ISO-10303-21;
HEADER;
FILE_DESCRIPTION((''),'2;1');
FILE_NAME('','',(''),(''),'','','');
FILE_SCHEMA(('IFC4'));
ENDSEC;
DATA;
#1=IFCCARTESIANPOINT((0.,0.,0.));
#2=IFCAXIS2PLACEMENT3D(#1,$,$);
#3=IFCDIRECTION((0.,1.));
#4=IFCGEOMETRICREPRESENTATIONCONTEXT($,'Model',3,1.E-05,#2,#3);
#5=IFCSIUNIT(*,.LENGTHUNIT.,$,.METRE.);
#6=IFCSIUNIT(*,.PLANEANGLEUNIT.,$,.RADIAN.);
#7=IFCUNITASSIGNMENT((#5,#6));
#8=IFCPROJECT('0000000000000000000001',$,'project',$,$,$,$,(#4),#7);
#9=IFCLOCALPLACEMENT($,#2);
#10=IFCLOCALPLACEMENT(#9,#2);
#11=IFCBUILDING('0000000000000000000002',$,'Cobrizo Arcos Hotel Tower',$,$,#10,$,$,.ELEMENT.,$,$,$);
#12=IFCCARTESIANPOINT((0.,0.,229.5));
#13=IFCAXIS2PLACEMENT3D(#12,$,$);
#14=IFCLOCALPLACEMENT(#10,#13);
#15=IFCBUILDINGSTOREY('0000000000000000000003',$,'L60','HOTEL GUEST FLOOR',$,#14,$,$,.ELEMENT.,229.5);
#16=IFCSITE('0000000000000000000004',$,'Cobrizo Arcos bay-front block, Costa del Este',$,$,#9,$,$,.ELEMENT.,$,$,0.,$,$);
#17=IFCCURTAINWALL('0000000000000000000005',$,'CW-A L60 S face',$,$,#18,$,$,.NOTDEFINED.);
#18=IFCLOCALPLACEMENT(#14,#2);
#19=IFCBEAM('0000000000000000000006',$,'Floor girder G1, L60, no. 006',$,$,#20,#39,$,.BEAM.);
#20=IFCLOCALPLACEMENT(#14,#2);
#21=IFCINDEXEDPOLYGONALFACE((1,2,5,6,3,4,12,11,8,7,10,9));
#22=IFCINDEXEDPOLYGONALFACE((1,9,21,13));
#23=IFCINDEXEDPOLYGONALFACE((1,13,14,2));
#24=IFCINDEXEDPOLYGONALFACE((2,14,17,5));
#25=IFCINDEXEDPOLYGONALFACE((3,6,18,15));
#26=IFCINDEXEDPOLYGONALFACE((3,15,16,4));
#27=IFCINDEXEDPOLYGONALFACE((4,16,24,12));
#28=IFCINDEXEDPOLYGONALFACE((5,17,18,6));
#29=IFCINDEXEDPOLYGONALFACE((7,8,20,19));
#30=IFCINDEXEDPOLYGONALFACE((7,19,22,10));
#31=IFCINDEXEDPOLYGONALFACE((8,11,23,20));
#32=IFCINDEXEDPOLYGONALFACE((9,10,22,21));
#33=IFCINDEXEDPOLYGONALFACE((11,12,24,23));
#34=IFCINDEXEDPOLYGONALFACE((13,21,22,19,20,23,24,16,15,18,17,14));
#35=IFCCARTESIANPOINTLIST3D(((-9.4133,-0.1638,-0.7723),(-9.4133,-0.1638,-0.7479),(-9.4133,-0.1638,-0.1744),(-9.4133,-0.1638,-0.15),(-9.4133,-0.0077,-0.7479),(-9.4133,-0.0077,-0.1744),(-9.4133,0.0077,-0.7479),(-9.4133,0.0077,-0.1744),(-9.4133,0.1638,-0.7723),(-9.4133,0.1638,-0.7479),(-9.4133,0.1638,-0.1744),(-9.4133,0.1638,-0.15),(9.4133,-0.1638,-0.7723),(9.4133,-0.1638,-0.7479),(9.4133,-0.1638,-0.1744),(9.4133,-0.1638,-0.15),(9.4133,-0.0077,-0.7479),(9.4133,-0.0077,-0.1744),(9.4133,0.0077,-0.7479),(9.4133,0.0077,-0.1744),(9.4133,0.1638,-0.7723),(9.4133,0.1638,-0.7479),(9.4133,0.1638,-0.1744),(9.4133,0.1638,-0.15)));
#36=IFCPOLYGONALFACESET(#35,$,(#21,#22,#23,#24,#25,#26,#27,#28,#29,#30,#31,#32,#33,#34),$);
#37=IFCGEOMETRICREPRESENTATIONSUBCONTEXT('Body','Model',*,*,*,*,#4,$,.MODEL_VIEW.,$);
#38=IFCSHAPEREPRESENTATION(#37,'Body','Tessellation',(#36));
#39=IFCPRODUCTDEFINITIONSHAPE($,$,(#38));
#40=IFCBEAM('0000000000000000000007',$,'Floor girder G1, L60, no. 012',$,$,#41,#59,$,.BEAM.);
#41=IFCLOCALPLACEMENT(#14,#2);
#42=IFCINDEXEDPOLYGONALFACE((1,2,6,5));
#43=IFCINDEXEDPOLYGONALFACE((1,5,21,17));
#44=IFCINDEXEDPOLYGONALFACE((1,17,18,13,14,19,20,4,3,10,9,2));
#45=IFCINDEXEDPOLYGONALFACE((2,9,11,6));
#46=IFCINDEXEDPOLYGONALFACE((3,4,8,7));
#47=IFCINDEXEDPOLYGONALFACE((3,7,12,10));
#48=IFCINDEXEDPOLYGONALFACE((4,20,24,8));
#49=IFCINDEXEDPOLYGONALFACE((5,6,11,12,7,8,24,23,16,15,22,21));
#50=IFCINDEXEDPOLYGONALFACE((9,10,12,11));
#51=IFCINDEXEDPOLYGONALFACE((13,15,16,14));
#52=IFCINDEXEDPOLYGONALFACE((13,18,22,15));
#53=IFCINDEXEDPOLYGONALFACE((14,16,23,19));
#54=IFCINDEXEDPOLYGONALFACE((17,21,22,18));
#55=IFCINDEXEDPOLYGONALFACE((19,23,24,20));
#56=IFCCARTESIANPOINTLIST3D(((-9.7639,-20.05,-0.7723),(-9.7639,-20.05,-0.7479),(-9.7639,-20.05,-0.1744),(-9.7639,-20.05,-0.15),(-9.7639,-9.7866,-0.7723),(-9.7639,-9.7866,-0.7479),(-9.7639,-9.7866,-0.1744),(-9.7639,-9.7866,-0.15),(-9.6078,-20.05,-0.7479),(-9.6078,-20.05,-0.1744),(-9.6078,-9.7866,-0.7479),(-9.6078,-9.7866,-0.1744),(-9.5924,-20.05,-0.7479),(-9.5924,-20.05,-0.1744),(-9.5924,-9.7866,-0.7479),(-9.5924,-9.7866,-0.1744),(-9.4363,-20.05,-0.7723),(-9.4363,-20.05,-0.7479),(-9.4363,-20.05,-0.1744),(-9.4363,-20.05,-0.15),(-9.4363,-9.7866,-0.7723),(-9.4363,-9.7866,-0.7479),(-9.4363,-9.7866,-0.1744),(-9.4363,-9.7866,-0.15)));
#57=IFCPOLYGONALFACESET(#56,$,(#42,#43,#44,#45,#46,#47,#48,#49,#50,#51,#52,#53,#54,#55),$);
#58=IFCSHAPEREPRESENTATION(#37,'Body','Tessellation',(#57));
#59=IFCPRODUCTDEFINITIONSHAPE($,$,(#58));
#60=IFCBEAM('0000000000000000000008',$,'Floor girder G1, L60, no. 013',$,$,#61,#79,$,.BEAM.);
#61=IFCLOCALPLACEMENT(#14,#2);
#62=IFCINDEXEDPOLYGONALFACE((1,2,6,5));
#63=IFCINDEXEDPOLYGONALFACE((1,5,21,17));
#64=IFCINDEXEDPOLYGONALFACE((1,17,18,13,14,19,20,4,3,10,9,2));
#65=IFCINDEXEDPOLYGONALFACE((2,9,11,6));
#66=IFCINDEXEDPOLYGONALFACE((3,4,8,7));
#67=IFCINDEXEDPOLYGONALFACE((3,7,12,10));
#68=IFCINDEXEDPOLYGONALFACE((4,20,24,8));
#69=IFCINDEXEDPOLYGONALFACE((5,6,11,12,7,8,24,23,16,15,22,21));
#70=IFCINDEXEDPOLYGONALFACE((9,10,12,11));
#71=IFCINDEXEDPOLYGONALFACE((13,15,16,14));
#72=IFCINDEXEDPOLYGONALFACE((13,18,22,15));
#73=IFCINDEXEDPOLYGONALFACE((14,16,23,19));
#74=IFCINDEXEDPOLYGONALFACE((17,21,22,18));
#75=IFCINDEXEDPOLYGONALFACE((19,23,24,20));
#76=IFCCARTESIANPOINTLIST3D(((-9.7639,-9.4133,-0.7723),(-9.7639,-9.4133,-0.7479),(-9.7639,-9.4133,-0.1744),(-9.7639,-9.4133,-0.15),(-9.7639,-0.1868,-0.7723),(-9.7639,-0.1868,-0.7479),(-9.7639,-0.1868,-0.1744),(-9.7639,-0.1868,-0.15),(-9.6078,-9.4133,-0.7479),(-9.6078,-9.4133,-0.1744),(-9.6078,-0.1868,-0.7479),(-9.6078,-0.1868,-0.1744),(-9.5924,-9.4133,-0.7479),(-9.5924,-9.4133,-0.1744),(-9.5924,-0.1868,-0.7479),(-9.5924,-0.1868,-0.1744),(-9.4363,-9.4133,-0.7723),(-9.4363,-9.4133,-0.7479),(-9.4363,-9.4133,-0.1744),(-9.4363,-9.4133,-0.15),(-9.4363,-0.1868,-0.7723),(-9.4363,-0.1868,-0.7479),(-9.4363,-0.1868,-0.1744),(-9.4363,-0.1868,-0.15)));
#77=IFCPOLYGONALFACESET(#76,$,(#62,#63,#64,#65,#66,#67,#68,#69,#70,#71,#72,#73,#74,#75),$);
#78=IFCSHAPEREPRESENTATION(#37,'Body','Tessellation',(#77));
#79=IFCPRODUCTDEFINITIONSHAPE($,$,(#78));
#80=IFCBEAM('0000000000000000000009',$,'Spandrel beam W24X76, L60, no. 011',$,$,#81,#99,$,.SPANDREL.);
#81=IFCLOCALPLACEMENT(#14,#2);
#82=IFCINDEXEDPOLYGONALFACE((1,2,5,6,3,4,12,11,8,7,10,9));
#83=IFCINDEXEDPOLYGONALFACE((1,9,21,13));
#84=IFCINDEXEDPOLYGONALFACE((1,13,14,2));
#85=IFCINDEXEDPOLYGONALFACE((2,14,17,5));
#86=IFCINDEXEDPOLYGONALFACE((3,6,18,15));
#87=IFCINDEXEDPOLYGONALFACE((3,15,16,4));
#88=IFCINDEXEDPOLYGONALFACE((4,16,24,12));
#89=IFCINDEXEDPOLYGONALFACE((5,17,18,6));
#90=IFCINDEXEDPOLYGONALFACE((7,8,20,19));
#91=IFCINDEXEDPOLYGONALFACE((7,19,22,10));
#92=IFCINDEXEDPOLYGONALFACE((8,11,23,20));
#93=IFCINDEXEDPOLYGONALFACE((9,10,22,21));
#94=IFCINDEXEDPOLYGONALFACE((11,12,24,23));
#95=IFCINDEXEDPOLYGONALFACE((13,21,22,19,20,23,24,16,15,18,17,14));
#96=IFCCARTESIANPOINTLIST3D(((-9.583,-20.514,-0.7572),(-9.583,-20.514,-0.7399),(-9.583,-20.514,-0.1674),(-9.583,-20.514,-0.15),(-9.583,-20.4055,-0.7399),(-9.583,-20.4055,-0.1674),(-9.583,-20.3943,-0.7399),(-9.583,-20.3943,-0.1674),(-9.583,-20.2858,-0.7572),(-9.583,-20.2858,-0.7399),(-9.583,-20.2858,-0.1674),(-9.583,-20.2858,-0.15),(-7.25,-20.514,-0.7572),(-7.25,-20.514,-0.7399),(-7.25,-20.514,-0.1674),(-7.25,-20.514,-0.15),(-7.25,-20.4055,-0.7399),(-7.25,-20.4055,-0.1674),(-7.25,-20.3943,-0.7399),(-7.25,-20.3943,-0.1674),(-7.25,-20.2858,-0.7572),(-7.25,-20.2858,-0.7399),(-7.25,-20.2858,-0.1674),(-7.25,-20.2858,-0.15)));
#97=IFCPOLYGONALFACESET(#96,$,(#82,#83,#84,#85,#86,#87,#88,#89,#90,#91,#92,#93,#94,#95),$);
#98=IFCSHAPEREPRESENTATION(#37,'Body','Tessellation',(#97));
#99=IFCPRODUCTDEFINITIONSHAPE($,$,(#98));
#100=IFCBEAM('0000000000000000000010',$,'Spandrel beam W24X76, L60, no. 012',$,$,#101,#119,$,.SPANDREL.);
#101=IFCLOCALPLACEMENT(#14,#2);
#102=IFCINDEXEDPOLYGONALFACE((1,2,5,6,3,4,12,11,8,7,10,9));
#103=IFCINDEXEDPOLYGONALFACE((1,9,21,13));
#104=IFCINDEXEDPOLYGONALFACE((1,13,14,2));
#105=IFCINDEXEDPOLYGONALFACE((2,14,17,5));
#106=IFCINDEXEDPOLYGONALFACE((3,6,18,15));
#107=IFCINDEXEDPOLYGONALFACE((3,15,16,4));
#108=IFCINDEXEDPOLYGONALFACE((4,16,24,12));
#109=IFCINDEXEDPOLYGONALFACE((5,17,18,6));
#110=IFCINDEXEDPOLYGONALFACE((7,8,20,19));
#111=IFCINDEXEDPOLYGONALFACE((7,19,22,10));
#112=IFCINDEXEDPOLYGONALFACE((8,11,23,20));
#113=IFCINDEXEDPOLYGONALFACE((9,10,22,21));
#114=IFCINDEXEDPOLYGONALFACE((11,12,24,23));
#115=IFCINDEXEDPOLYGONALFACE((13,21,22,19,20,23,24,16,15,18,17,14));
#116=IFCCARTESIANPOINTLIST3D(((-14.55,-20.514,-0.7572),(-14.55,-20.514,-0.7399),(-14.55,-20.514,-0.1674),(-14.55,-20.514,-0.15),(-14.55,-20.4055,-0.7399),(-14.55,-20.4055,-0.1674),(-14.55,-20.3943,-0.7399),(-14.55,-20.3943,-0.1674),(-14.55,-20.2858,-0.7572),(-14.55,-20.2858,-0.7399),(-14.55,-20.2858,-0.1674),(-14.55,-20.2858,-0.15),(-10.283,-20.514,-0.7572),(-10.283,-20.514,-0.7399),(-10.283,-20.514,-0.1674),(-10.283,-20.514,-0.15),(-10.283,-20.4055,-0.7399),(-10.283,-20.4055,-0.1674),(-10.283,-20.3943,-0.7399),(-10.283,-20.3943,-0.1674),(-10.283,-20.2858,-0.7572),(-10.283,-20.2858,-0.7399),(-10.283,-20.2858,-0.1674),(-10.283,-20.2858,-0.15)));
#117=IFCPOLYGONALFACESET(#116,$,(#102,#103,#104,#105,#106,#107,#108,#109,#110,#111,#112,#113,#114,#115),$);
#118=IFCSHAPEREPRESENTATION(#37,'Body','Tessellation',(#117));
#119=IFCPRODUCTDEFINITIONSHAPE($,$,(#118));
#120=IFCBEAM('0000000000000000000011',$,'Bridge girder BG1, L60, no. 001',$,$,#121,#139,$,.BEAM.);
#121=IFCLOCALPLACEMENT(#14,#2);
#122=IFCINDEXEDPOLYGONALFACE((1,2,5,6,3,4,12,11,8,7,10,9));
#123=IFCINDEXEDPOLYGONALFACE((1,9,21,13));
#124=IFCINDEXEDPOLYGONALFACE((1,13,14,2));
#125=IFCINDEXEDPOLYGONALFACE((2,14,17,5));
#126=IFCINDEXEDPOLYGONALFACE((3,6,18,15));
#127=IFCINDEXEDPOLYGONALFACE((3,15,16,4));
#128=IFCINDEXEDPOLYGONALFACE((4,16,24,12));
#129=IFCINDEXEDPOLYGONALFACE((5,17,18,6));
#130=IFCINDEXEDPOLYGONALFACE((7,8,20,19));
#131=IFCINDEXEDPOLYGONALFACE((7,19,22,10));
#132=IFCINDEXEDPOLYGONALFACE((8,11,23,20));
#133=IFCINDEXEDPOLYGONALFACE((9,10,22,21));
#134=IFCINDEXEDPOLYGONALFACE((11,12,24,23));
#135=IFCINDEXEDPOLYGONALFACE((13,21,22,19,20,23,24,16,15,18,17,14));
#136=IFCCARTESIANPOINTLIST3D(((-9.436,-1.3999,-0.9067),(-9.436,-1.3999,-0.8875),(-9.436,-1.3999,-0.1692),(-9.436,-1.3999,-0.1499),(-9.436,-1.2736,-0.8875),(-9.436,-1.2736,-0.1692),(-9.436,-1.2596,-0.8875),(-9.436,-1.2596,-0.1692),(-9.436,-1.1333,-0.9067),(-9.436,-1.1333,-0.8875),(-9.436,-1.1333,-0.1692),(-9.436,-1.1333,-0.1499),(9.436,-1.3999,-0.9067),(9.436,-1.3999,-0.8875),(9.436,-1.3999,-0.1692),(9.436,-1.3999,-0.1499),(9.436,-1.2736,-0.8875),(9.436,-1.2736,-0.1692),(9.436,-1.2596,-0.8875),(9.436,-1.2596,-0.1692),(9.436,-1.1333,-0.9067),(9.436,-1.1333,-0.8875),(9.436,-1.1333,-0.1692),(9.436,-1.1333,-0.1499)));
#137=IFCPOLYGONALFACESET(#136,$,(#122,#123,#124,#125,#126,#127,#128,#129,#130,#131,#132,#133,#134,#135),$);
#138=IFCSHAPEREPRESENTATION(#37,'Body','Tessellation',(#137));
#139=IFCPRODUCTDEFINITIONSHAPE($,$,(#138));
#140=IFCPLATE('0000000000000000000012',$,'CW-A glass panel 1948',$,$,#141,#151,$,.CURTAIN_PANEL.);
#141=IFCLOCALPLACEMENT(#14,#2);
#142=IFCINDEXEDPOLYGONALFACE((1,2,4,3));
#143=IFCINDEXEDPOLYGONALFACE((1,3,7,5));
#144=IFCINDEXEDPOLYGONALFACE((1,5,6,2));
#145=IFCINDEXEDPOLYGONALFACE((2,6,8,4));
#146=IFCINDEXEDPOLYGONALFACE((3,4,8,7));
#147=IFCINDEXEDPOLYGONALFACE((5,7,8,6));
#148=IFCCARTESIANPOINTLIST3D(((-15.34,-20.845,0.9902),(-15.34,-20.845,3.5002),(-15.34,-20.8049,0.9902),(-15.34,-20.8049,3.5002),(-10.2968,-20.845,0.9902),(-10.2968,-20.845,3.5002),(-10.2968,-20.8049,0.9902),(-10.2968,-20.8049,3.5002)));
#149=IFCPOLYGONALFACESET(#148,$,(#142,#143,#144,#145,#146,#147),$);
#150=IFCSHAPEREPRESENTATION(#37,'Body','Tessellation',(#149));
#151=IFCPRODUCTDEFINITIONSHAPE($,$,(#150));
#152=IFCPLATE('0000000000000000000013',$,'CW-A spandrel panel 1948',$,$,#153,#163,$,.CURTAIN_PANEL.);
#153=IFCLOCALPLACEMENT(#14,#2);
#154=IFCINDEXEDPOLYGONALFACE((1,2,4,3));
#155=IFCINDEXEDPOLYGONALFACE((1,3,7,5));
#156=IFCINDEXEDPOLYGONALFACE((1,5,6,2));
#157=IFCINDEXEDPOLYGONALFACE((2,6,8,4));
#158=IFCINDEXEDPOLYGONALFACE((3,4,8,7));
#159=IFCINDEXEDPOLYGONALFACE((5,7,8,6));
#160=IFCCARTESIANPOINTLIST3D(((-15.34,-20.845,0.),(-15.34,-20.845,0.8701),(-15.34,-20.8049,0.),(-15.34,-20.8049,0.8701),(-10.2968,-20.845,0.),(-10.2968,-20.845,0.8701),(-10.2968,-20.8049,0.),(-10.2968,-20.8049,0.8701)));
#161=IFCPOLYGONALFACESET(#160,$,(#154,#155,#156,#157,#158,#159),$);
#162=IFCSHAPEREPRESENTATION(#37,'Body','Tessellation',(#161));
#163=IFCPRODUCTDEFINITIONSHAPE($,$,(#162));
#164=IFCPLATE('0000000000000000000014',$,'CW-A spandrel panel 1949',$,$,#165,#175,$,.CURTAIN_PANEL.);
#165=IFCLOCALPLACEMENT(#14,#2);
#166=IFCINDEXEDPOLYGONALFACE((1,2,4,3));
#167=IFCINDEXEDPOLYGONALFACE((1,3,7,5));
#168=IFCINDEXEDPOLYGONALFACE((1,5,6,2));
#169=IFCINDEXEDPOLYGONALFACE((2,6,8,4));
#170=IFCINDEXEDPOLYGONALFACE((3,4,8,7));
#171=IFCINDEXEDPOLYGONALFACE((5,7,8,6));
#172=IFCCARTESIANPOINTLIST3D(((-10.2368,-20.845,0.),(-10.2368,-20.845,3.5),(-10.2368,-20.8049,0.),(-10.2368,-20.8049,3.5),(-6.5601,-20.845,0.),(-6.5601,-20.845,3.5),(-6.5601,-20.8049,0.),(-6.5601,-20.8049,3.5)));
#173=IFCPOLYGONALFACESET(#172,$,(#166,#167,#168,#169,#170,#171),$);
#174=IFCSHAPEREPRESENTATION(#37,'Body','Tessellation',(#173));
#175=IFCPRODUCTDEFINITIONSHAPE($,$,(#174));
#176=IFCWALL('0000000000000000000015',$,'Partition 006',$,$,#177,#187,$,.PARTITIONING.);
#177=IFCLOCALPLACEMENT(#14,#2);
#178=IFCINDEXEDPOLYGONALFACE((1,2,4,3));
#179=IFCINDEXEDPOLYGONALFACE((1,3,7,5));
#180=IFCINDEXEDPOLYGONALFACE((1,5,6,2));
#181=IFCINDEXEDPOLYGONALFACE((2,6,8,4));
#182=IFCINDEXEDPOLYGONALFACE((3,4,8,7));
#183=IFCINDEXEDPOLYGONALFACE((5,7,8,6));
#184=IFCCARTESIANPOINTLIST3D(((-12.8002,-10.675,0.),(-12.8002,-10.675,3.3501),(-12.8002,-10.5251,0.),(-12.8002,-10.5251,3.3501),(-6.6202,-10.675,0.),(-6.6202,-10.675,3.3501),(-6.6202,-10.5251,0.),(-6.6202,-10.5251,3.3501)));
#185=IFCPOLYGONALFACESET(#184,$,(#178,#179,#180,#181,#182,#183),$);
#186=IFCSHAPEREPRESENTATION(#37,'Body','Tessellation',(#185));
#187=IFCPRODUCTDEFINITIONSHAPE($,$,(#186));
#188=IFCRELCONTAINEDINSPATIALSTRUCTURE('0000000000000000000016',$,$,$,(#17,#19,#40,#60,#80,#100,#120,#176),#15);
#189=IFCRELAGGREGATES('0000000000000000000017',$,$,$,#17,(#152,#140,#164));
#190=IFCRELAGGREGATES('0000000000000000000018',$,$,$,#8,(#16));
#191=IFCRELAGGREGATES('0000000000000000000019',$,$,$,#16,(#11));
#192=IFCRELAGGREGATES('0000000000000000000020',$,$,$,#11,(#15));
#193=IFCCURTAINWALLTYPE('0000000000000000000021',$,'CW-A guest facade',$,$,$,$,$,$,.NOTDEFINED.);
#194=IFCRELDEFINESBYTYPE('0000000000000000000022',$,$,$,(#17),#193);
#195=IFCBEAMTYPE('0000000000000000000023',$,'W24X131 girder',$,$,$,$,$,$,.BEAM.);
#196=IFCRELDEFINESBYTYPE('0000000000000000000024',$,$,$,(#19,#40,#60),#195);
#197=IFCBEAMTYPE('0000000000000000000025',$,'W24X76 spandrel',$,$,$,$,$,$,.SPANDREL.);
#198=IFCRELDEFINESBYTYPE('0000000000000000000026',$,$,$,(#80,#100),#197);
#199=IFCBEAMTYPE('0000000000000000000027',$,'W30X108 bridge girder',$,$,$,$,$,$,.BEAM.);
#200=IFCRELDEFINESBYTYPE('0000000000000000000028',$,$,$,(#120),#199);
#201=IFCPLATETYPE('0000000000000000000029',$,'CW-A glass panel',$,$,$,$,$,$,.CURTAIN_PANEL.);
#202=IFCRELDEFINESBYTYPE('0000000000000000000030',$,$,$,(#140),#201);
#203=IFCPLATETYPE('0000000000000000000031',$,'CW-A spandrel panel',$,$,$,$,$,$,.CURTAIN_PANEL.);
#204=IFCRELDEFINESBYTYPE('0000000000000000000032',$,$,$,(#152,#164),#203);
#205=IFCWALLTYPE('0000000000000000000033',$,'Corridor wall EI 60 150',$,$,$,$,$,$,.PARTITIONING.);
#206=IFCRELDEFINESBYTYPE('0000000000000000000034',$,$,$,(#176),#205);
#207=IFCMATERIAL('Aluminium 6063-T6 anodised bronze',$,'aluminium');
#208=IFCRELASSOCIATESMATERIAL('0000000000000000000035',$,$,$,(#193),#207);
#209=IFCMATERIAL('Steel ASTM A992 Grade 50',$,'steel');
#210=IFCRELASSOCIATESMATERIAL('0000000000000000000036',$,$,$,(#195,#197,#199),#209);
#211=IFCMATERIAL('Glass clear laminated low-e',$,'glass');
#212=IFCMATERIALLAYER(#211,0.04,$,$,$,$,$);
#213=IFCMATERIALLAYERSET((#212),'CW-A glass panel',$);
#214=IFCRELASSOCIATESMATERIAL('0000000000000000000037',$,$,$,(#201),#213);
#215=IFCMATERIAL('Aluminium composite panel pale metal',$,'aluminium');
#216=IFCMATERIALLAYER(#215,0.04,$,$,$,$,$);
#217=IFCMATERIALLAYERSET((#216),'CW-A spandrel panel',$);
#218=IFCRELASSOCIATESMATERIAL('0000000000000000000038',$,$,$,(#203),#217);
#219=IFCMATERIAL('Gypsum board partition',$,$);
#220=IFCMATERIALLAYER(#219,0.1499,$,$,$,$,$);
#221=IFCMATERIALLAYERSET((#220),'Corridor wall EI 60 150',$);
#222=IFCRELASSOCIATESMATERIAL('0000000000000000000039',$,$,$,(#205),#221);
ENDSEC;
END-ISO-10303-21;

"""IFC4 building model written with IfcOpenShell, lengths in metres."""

from ifc_helpers import new_model, si_unit, direction, frame, frame_2d, origin, origin_2d, place, context, subcontext, project, spatial, rectangle, i_section, extrude, material, layer, layer_set, material_profile, profile_set, type_object, element, aggregate, save


model = new_model("IFC4")

# Units and contexts
model_context = context("Model", 3, precision=1e-05, world=origin(), true_north=direction((0.0, 1.0)))
body_context = subcontext(model_context, "Body", "Model", "MODEL_VIEW")
ifc_project = project(units=[si_unit("LENGTHUNIT", "METRE"), si_unit("PLANEANGLEUNIT", "RADIAN")], contexts=[model_context])

# Site, building, storey
site_placement = place(None, origin())
site = spatial("IfcSite", under=ifc_project, at=site_placement, Name="Cobrizo Arcos bay-front block, Costa del Este", CompositionType="ELEMENT", RefElevation=0.0)
building_placement = place(site_placement, origin())
building = spatial("IfcBuilding", under=site, at=building_placement, Name="Cobrizo Arcos Hotel Tower", CompositionType="ELEMENT")
storey_placement = place(building_placement, frame((0.0, 0.0, 229.5)))
storey = spatial("IfcBuildingStorey", under=building, at=storey_placement, Name="L60", Description="HOTEL GUEST FLOOR", CompositionType="ELEMENT", Elevation=229.5)

# Shared definitions
ifc_material_1 = material(Name="Steel ASTM A992 Grade 50", Category="steel")

# Curtain wall
ifc_material_2 = material(Name="Aluminium 6063-T6 anodised bronze", Category="aluminium")
curtain_wall_type = type_object("IfcCurtainWallType", Name="CW-A guest facade", PredefinedType="NOTDEFINED", material=ifc_material_2)
curtain_wall_placement = place(storey_placement, origin())
curtain_wall = element("IfcCurtainWall", 1, at=curtain_wall_placement, inside=storey, type_object=curtain_wall_type, Name="CW-A L60 S face", PredefinedType="NOTDEFINED")

# Beams
ifc_material_profile_1 = material_profile(ifc_material_1, i_section(OverallWidth=0.3276, OverallDepth=0.6223, WebThickness=0.0154, FlangeThickness=0.0244, at=origin_2d()), Name="W24X131")
ifc_profile_set_1 = profile_set([ifc_material_profile_1], Name="Steel ASTM A992 Grade 50")
beam_type_1 = type_object("IfcBeamType", Name="W24X131 girder", PredefinedType="BEAM", material=ifc_profile_set_1)
beam_1_placement = place(storey_placement, frame((-9.4133, 0.0, -0.4612), z_axis=(1.0, 0.0, 0.0), x_axis=(0.0, 1.0, 0.0)))
element("IfcBeam", 2, at=beam_1_placement, inside=storey, type_object=beam_type_1, Name="Floor girder G1, L60, no. 006", PredefinedType="BEAM", context=body_context, shape_type="SweptSolid", body=[
    extrude(i_section(OverallWidth=0.3276, OverallDepth=0.6223, WebThickness=0.0154, FlangeThickness=0.0244, at=origin_2d()), origin(), (0.0, 0.0, 1.0), 18.8267),
])
beam_2_placement = place(storey_placement, frame((-9.6001, -20.05, -0.4612), z_axis=(0.0, 1.0, 0.0), x_axis=(-1.0, 0.0, 0.0)))
element("IfcBeam", 3, at=beam_2_placement, inside=storey, type_object=beam_type_1, Name="Floor girder G1, L60, no. 012", PredefinedType="BEAM", context=body_context, shape_type="SweptSolid", body=[
    extrude(i_section(OverallWidth=0.3276, OverallDepth=0.6223, WebThickness=0.0154, FlangeThickness=0.0244, at=origin_2d()), origin(), (0.0, 0.0, 1.0), 10.2634),
])
beam_3_placement = place(storey_placement, frame((-9.6001, -9.4133, -0.4612), z_axis=(0.0, 1.0, 0.0), x_axis=(-1.0, 0.0, 0.0)))
element("IfcBeam", 4, at=beam_3_placement, inside=storey, type_object=beam_type_1, Name="Floor girder G1, L60, no. 013", PredefinedType="BEAM", context=body_context, shape_type="SweptSolid", body=[
    extrude(i_section(OverallWidth=0.3276, OverallDepth=0.6223, WebThickness=0.0154, FlangeThickness=0.0244, at=origin_2d()), origin(), (0.0, 0.0, 1.0), 9.2266),
])
ifc_material_profile_2 = material_profile(ifc_material_1, i_section(OverallWidth=0.2283, OverallDepth=0.6072, WebThickness=0.0112, FlangeThickness=0.0173, at=origin_2d()), Name="W24X76")
ifc_profile_set_2 = profile_set([ifc_material_profile_2], Name="Steel ASTM A992 Grade 50")
beam_type_2 = type_object("IfcBeamType", Name="W24X76 spandrel", PredefinedType="SPANDREL", material=ifc_profile_set_2)
beam_4_placement = place(storey_placement, frame((-7.25, -20.3999, -0.4536), z_axis=(-1.0, 0.0, 0.0), x_axis=(0.0, -1.0, 0.0)))
element("IfcBeam", 5, at=beam_4_placement, inside=storey, type_object=beam_type_2, Name="Spandrel beam W24X76, L60, no. 011", PredefinedType="SPANDREL", context=body_context, shape_type="SweptSolid", body=[
    extrude(i_section(OverallWidth=0.2283, OverallDepth=0.6072, WebThickness=0.0112, FlangeThickness=0.0173, at=origin_2d()), origin(), (0.0, 0.0, 1.0), 2.333),
])
beam_5_placement = place(storey_placement, frame((-10.283, -20.3999, -0.4536), z_axis=(-1.0, 0.0, 0.0), x_axis=(0.0, -1.0, 0.0)))
element("IfcBeam", 6, at=beam_5_placement, inside=storey, type_object=beam_type_2, Name="Spandrel beam W24X76, L60, no. 012", PredefinedType="SPANDREL", context=body_context, shape_type="SweptSolid", body=[
    extrude(i_section(OverallWidth=0.2283, OverallDepth=0.6072, WebThickness=0.0112, FlangeThickness=0.0173, at=origin_2d()), origin(), (0.0, 0.0, 1.0), 4.2671),
])
ifc_material_profile_3 = material_profile(ifc_material_1, i_section(OverallWidth=0.2666, OverallDepth=0.7568, WebThickness=0.0139, FlangeThickness=0.0193, at=origin_2d()), Name="W30X108")
ifc_profile_set_3 = profile_set([ifc_material_profile_3], Name="Steel ASTM A992 Grade 50")
beam_type_3 = type_object("IfcBeamType", Name="W30X108 bridge girder", PredefinedType="BEAM", material=ifc_profile_set_3)
beam_6_placement = place(storey_placement, frame((-9.436, -1.2666, -0.5283), z_axis=(1.0, 0.0, 0.0), x_axis=(0.0, 1.0, 0.0)))
element("IfcBeam", 7, at=beam_6_placement, inside=storey, type_object=beam_type_3, Name="Bridge girder BG1, L60, no. 001", PredefinedType="BEAM", context=body_context, shape_type="SweptSolid", body=[
    extrude(i_section(OverallWidth=0.2666, OverallDepth=0.7568, WebThickness=0.0139, FlangeThickness=0.0193, at=origin_2d()), origin(), (0.0, 0.0, 1.0), 18.8721),
])

# Plates
ifc_material_3 = material(Name="Glass clear laminated low-e", Category="glass")
ifc_layer_1 = layer(ifc_material_3, 0.04)
ifc_layer_set_1 = layer_set([ifc_layer_1], Name="CW-A glass panel")
plate_type_1 = type_object("IfcPlateType", Name="CW-A glass panel", PredefinedType="CURTAIN_PANEL", material=ifc_layer_set_1)
plate_1_placement = place(storey_placement, frame((-12.8184, -20.825, 0.9902), z_axis=(0.0, 0.0, 1.0), x_axis=(1.0, 0.0, 0.0)))
plate_1 = element("IfcPlate", 8, at=plate_1_placement, type_object=plate_type_1, Name="CW-A glass panel 1948", PredefinedType="CURTAIN_PANEL", context=body_context, shape_type="SweptSolid", body=[
    extrude(rectangle(XDim=5.0432, YDim=0.04, at=origin_2d()), origin(), (0.0, 0.0, 1.0), 2.51),
])
ifc_material_4 = material(Name="Aluminium composite panel pale metal", Category="aluminium")
ifc_layer_2 = layer(ifc_material_4, 0.04)
ifc_layer_set_2 = layer_set([ifc_layer_2], Name="CW-A spandrel panel")
plate_type_2 = type_object("IfcPlateType", Name="CW-A spandrel panel", PredefinedType="CURTAIN_PANEL", material=ifc_layer_set_2)
plate_2_placement = place(storey_placement, frame((-12.8184, -20.825, 0.0), z_axis=(0.0, 0.0, 1.0), x_axis=(1.0, 0.0, 0.0)))
plate_2 = element("IfcPlate", 9, at=plate_2_placement, type_object=plate_type_2, Name="CW-A spandrel panel 1948", PredefinedType="CURTAIN_PANEL", context=body_context, shape_type="SweptSolid", body=[
    extrude(rectangle(XDim=5.0432, YDim=0.04, at=origin_2d()), origin(), (0.0, 0.0, 1.0), 0.8701),
])
plate_3_placement = place(storey_placement, frame((-8.3984, -20.825, 0.0), z_axis=(0.0, 0.0, 1.0), x_axis=(1.0, 0.0, 0.0)))
plate_3 = element("IfcPlate", 10, at=plate_3_placement, type_object=plate_type_2, Name="CW-A spandrel panel 1949", PredefinedType="CURTAIN_PANEL", context=body_context, shape_type="SweptSolid", body=[
    extrude(rectangle(XDim=3.6768, YDim=0.04, at=origin_2d()), origin(), (0.0, 0.0, 1.0), 3.5),
])
aggregate(curtain_wall, [plate_2, plate_1, plate_3])

# Wall
ifc_material_5 = material(Name="Gypsum board partition")
ifc_layer_3 = layer(ifc_material_5, 0.1499)
ifc_layer_set_3 = layer_set([ifc_layer_3], Name="Corridor wall EI 60 150")
wall_type_1 = type_object("IfcWallType", Name="Corridor wall EI 60 150", PredefinedType="PARTITIONING", material=ifc_layer_set_3)
wall_1_placement = place(storey_placement, frame((-12.8, -10.6001, 0.0), z_axis=(0.0, 0.0, 1.0), x_axis=(1.0, 0.0, 0.0)))
element("IfcWall", 11, at=wall_1_placement, inside=storey, type_object=wall_type_1, Name="Partition 006", PredefinedType="PARTITIONING", context=body_context, shape_type="SweptSolid", body=[
    extrude(rectangle(XDim=6.1799, YDim=0.1499, at=frame_2d((3.0898, 0.0))), origin(), (0.0, 0.0, 1.0), 3.3501),
])

save(model, "model.ifc")
